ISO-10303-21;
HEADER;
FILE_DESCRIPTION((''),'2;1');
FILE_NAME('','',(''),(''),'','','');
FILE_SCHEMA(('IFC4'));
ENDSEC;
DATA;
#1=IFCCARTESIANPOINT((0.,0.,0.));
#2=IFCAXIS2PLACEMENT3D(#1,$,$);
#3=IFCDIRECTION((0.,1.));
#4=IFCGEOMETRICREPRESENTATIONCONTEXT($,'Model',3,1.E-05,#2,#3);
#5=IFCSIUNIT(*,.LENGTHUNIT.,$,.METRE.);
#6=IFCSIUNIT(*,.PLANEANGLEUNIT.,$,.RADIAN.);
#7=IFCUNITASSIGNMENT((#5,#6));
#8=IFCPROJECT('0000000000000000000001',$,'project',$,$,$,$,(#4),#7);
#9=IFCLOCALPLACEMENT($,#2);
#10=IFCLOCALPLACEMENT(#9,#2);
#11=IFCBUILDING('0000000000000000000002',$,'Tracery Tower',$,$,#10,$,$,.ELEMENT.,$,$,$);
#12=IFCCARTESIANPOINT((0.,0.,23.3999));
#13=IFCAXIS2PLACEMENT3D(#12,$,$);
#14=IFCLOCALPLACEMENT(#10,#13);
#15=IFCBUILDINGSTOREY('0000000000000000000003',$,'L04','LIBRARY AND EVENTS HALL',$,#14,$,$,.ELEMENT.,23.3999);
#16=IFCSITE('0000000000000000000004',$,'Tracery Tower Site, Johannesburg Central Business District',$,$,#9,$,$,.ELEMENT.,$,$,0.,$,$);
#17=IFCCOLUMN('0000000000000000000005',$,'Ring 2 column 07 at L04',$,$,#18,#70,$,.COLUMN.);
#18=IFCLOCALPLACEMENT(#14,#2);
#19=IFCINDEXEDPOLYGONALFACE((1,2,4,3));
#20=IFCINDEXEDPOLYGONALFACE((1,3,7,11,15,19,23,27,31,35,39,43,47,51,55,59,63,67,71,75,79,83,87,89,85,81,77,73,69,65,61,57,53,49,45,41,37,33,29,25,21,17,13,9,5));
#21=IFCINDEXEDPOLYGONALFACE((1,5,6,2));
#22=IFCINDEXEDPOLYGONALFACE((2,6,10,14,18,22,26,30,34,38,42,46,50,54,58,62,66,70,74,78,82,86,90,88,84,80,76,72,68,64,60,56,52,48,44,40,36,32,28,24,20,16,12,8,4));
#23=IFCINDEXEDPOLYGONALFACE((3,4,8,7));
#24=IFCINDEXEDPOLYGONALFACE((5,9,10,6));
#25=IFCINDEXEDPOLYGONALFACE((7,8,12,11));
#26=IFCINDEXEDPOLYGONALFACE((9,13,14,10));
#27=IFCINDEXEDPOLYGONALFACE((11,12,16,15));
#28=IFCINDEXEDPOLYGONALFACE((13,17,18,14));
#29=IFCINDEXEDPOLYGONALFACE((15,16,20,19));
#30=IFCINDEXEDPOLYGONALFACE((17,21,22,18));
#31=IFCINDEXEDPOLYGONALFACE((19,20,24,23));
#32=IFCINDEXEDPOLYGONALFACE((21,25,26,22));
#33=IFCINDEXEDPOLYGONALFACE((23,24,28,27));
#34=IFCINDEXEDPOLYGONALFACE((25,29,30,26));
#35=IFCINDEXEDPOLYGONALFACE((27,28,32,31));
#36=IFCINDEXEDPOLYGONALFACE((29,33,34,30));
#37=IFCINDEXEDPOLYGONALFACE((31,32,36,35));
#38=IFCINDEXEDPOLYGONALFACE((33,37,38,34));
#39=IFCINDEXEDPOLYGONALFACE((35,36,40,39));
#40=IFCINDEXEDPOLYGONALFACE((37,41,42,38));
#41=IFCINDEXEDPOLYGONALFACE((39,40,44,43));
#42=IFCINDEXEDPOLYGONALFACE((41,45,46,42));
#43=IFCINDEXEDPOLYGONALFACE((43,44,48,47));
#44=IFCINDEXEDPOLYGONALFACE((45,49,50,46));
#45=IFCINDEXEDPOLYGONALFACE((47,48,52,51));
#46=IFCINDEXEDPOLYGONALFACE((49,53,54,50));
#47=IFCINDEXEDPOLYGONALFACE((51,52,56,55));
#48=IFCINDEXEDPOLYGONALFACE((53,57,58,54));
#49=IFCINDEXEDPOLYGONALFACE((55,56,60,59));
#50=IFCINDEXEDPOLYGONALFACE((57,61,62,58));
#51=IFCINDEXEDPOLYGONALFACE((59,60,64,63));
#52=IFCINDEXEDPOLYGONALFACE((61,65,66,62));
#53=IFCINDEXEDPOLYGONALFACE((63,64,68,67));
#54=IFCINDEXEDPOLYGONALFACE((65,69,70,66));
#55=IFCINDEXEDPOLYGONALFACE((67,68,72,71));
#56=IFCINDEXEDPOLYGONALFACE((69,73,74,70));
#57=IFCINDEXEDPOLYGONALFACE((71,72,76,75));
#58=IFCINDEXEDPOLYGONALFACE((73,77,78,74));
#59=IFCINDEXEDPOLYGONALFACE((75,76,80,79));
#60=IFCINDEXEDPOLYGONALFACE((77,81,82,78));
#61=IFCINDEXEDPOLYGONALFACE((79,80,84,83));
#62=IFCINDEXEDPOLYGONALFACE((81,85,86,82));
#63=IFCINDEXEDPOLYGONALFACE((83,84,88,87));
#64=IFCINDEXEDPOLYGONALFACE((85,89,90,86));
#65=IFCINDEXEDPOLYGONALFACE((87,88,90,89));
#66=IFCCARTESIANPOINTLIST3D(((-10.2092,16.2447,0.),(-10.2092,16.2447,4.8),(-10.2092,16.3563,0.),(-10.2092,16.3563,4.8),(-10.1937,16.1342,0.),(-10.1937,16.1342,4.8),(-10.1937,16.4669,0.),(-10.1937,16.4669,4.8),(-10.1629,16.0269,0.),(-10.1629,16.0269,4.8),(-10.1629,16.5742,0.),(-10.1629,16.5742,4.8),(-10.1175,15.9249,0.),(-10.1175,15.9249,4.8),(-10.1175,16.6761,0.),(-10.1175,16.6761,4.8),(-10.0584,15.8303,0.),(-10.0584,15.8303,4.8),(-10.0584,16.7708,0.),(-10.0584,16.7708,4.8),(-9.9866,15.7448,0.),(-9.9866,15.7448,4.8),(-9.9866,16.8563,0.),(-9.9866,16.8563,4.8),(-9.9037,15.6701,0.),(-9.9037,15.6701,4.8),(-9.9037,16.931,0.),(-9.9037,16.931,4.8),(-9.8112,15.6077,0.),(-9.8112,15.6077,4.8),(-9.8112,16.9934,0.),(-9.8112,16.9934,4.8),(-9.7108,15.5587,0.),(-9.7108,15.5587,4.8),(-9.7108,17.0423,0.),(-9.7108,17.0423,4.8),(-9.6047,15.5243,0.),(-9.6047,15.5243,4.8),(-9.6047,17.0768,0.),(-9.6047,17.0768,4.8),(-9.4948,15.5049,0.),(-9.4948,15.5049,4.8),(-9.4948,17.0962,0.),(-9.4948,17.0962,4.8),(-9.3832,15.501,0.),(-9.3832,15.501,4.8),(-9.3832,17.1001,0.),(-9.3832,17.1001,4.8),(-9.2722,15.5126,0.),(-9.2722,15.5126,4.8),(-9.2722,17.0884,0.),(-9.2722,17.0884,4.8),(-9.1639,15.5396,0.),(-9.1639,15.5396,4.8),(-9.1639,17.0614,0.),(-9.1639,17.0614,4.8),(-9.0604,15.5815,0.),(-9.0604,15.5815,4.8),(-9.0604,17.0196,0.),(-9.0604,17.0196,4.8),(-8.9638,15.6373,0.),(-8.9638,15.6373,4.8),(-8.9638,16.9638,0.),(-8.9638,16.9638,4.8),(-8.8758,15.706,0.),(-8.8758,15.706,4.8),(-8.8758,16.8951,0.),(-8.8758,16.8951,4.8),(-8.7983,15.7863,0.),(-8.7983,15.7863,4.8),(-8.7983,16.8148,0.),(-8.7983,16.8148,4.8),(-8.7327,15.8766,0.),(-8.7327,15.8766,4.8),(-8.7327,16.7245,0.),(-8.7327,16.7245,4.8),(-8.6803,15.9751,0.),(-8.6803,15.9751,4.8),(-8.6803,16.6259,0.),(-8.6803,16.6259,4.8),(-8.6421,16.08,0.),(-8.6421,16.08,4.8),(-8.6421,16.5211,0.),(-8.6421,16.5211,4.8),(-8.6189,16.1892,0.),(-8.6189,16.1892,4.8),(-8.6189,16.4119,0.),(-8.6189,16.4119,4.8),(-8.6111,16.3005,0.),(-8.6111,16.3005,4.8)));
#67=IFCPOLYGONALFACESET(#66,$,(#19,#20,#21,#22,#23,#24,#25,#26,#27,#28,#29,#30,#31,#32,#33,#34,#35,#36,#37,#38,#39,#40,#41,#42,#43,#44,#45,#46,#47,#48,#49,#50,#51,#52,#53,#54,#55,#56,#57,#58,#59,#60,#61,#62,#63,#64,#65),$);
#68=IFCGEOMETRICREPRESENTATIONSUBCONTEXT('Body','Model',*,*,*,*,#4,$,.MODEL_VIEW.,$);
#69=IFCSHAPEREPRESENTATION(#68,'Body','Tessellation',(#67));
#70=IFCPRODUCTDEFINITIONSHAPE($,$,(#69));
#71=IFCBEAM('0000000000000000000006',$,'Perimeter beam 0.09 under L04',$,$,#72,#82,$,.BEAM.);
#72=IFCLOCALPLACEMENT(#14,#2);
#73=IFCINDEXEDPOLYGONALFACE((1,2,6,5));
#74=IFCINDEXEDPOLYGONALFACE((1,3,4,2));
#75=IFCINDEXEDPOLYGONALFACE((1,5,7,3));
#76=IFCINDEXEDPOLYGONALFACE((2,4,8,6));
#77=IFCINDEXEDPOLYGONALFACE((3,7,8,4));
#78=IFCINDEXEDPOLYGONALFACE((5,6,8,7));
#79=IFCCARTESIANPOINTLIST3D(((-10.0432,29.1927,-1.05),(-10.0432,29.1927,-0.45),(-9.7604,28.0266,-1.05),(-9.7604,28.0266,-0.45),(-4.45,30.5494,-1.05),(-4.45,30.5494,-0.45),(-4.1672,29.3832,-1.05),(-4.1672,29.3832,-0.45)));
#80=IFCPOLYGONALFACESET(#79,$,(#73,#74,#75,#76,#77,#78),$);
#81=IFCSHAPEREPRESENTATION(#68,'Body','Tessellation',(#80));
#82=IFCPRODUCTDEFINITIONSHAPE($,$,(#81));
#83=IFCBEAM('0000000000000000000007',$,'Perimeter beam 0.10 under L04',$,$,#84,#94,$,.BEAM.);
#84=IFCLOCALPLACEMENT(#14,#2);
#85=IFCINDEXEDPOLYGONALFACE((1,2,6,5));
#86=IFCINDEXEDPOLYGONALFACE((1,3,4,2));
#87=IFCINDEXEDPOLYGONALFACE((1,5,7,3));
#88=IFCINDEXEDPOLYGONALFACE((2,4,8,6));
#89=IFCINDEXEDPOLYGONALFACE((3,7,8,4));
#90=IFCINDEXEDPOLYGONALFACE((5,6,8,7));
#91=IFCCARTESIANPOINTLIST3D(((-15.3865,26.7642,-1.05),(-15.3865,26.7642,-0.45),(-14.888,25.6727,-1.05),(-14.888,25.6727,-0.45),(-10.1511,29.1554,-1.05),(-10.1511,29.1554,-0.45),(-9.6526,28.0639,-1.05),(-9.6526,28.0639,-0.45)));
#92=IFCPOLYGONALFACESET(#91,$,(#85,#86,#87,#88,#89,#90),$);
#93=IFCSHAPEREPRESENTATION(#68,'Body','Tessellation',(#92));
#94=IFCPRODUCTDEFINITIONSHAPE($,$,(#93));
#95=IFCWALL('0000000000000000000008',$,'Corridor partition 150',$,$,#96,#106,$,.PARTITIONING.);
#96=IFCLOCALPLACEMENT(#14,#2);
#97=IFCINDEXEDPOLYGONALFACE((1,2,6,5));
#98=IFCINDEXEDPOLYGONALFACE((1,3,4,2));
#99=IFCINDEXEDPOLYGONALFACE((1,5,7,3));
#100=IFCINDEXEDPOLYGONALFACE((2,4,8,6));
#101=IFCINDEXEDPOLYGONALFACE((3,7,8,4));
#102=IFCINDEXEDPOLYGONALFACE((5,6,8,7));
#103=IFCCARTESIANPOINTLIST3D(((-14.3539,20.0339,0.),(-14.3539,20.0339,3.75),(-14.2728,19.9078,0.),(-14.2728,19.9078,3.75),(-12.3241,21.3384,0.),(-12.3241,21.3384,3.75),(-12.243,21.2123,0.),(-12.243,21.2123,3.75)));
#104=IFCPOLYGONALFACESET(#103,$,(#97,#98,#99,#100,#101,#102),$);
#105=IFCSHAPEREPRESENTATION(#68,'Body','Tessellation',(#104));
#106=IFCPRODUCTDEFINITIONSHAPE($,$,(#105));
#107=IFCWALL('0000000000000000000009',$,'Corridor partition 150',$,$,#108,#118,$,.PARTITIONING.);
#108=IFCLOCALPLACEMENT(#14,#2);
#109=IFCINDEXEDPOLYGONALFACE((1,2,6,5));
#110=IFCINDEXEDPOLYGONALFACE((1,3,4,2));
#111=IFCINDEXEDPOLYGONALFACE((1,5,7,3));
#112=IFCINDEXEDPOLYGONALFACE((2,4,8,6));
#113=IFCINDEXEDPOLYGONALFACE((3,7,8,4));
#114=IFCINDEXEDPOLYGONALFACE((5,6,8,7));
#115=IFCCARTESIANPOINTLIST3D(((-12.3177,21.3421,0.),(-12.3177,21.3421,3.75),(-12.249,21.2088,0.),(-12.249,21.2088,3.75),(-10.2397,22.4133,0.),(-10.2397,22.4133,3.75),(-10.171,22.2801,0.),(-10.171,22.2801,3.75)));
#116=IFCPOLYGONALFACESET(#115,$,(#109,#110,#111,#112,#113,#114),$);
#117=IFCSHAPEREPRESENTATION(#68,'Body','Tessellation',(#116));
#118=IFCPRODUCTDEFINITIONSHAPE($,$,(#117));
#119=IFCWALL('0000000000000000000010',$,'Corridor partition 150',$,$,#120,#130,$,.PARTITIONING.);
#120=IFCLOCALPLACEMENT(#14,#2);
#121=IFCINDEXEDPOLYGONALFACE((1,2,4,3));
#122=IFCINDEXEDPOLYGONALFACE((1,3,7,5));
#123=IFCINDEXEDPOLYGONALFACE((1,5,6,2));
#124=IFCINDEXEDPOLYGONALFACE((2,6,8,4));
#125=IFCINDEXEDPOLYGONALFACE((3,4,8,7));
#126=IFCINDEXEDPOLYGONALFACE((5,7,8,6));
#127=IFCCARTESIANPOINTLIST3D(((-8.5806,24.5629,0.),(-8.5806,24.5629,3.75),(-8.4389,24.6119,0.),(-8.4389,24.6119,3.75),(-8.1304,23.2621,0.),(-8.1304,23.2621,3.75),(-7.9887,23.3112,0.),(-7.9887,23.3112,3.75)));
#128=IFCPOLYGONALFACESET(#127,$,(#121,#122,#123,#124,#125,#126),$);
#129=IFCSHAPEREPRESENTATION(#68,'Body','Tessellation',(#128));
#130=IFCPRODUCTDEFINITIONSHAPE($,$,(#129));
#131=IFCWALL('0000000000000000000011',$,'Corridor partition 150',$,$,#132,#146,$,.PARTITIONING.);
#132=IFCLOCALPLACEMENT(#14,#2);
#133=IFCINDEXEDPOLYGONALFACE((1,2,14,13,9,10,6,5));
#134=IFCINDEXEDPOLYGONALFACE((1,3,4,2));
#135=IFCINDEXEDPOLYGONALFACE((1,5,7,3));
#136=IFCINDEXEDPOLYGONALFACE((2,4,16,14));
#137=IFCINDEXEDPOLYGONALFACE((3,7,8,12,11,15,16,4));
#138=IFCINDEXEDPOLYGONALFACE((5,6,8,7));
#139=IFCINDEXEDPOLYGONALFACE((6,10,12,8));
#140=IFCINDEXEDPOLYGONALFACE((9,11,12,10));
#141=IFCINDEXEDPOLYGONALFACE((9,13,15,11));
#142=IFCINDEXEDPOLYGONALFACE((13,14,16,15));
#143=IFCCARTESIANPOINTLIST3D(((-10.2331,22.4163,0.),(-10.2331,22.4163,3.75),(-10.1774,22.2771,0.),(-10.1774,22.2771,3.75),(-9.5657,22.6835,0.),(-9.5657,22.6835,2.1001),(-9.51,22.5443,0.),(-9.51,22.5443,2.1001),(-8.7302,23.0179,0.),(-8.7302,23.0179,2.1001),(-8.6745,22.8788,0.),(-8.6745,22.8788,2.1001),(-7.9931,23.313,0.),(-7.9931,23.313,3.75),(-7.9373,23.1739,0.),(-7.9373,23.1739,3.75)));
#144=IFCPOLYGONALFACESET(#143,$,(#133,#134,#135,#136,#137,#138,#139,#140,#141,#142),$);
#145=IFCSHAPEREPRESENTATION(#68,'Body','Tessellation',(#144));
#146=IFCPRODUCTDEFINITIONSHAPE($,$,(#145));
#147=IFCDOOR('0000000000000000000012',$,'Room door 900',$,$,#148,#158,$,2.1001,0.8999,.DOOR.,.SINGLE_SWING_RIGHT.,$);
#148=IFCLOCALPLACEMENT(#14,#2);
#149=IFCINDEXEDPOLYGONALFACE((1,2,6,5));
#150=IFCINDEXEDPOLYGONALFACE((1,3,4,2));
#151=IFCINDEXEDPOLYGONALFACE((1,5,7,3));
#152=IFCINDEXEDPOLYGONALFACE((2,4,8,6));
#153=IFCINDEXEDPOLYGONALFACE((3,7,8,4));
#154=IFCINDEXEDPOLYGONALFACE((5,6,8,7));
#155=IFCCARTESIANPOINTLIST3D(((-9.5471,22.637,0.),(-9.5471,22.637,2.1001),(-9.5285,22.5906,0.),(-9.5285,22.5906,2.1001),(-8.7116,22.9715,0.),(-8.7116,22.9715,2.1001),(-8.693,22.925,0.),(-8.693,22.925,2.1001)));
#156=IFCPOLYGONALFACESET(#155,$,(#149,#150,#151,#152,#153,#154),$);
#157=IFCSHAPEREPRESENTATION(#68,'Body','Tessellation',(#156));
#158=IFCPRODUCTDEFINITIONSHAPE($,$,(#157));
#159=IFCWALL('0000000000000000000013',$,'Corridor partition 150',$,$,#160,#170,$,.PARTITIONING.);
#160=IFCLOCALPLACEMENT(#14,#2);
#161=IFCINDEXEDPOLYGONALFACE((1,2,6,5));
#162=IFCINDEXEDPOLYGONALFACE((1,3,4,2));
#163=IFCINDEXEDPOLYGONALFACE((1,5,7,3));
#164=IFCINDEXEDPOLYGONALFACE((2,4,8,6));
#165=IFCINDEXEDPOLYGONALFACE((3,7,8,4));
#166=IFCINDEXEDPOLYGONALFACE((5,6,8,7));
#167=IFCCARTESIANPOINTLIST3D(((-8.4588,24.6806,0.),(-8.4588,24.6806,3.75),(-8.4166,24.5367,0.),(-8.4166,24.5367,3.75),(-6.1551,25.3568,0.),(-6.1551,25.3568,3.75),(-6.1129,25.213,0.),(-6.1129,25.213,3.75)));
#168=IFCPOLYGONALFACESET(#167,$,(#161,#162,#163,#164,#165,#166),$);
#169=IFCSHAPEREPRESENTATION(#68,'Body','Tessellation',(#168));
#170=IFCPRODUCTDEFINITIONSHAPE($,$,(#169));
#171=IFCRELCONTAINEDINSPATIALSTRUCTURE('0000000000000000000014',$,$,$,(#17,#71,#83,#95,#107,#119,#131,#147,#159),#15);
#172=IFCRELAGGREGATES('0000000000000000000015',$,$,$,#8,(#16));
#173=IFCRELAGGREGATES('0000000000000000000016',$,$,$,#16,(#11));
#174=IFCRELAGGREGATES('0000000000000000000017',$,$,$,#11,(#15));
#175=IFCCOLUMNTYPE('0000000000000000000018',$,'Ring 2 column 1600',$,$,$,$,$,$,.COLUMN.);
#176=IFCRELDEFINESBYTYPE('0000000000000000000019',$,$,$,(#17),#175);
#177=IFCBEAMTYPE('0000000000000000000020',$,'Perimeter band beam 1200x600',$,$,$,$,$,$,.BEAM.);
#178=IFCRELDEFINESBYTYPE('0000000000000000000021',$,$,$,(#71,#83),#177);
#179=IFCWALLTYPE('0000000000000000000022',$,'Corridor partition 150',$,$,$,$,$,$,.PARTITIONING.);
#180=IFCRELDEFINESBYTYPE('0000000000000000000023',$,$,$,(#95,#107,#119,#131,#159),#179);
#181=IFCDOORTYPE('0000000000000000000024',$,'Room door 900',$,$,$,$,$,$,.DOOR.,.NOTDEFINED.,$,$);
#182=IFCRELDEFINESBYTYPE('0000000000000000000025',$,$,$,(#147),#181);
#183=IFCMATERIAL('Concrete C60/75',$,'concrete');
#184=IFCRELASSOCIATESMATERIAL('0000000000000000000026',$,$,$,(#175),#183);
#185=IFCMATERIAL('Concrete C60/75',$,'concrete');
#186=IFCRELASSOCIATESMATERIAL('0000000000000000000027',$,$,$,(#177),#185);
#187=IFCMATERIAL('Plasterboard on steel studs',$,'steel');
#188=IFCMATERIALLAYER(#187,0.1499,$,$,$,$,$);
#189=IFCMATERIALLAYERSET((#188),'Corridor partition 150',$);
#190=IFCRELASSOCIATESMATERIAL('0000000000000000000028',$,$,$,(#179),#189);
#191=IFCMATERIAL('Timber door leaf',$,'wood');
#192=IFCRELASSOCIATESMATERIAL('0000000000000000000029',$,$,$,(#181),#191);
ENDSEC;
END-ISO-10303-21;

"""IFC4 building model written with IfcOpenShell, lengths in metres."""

from ifc_helpers import new_model, si_unit, direction, frame, frame_2d, origin, origin_2d, place, context, subcontext, project, spatial, rectangle, circle, extrude, material, layer, layer_set, material_profile, profile_set, type_object, element, fill, save


model = new_model("IFC4")

# Units and contexts
model_context = context("Model", 3, precision=1e-05, world=origin(), true_north=direction((0.0, 1.0)))
body_context = subcontext(model_context, "Body", "Model", "MODEL_VIEW")
ifc_project = project(units=[si_unit("LENGTHUNIT", "METRE"), si_unit("PLANEANGLEUNIT", "RADIAN")], contexts=[model_context])

# Site, building, storey
site_placement = place(None, origin())
site = spatial("IfcSite", under=ifc_project, at=site_placement, Name="Tracery Tower Site, Johannesburg Central Business District", CompositionType="ELEMENT", RefElevation=0.0)
building_placement = place(site_placement, origin())
building = spatial("IfcBuilding", under=site, at=building_placement, Name="Tracery Tower", CompositionType="ELEMENT")
storey_placement = place(building_placement, frame((0.0, 0.0, 23.3999)))
storey = spatial("IfcBuildingStorey", under=building, at=storey_placement, Name="L04", Description="LIBRARY AND EVENTS HALL", CompositionType="ELEMENT", Elevation=23.3999)

# Column
ifc_material_1 = material(Name="Concrete C60/75", Category="concrete")
ifc_material_profile_1 = material_profile(ifc_material_1, circle(Radius=0.8, at=origin_2d()), Name="RC D1600")
ifc_profile_set_1 = profile_set([ifc_material_profile_1], Name="Concrete C60/75")
column_type_1 = type_object("IfcColumnType", Name="Ring 2 column 1600", PredefinedType="COLUMN", material=ifc_profile_set_1)
for number, where, z_axis, x_axis, name in (
    (1, (-9.4111, 16.3005, 0.0), (0.0, 0.0, 1.0), (1.0, 0.0, 0.0), "Ring 2 column 07 at L04"),
):
    element("IfcColumn", number, at=place(storey_placement, frame(where, z_axis=z_axis, x_axis=x_axis)), inside=storey, type_object=column_type_1, Name=name, PredefinedType="COLUMN", context=body_context, shape_type="SweptSolid", body=[
        extrude(circle(Radius=0.8, at=origin_2d()), origin(), (0.0, 0.0, 1.0), 4.8),
    ])

# Beams
ifc_material_2 = material(Name="Concrete C60/75", Category="concrete")
ifc_material_profile_2 = material_profile(ifc_material_2, rectangle(XDim=1.2, YDim=0.6001, at=origin_2d()), Name="RC 1200x600")
ifc_profile_set_2 = profile_set([ifc_material_profile_2], Name="Concrete C60/75")
beam_type = type_object("IfcBeamType", Name="Perimeter band beam 1200x600", PredefinedType="BEAM", material=ifc_profile_set_2)
beam_1_placement = place(storey_placement, frame((-4.3086, 29.9663, -0.75), z_axis=(-0.97182, -0.235723, 0.0), x_axis=(0.235723, -0.97182, 0.0)))
element("IfcBeam", 2, at=beam_1_placement, inside=storey, type_object=beam_type, Name="Perimeter beam 0.09 under L04", PredefinedType="BEAM", context=body_context, shape_type="SweptSolid", body=[
    extrude(rectangle(XDim=1.2, YDim=0.6001, at=origin_2d()), origin(), (0.0, 0.0, 1.0), 5.7554),
])
beam_2_placement = place(storey_placement, frame((-9.9019, 28.6096, -0.75), z_axis=(-0.909618, -0.415445, 0.0), x_axis=(0.415445, -0.909618, 0.0)))
element("IfcBeam", 3, at=beam_2_placement, inside=storey, type_object=beam_type, Name="Perimeter beam 0.10 under L04", PredefinedType="BEAM", context=body_context, shape_type="SweptSolid", body=[
    extrude(rectangle(XDim=1.2, YDim=0.6001, at=origin_2d()), origin(), (0.0, 0.0, 1.0), 5.7556),
])

# Walls
ifc_material_3 = material(Name="Plasterboard on steel studs", Category="steel")
ifc_layer_1 = layer(ifc_material_3, 0.1499)
ifc_layer_set_1 = layer_set([ifc_layer_1], Name="Corridor partition 150")
wall_type_1 = type_object("IfcWallType", Name="Corridor partition 150", PredefinedType="PARTITIONING", material=ifc_layer_set_1)
wall_1_placement = place(storey_placement, frame((-12.2834, 21.2754, 0.0), z_axis=(0.0, 0.0, 1.0), x_axis=(-0.841257, -0.540635, 0.0)))
element("IfcWall", 4, at=wall_1_placement, inside=storey, type_object=wall_type_1, Name="Corridor partition 150", PredefinedType="PARTITIONING", context=body_context, shape_type="SweptSolid", body=[
    extrude(rectangle(XDim=2.4128, YDim=0.1499, at=frame_2d((1.2065, 0.0))), origin(), (0.0, 0.0, 1.0), 3.75),
])
wall_2_placement = place(storey_placement, frame((-10.2053, 22.3467, 0.0), z_axis=(0.0, 0.0, 1.0), x_axis=(-0.888846, -0.458207, 0.0)))
element("IfcWall", 5, at=wall_2_placement, inside=storey, type_object=wall_type_1, Name="Corridor partition 150", PredefinedType="PARTITIONING", context=body_context, shape_type="SweptSolid", body=[
    extrude(rectangle(XDim=2.3379, YDim=0.1499, at=frame_2d((1.1689, 0.0))), origin(), (0.0, 0.0, 1.0), 3.75),
])
wall_3_placement = place(storey_placement, frame((-8.5098, 24.5874, 0.0), z_axis=(0.0, 0.0, 1.0), x_axis=(0.327062, -0.945003, 0.0)))
element("IfcWall", 6, at=wall_3_placement, inside=storey, type_object=wall_type_1, Name="Corridor partition 150", PredefinedType="PARTITIONING", context=body_context, shape_type="SweptSolid", body=[
    extrude(rectangle(XDim=1.3765, YDim=0.1499, at=frame_2d((0.6882, 0.0))), origin(), (0.0, 0.0, 1.0), 3.75),
])

# Wall, opening, door
wall_4_placement = place(storey_placement, frame((-10.2053, 22.3467, 0.0), z_axis=(0.0, 0.0, 1.0), x_axis=(0.928372, 0.371652, 0.0)))
wall_4 = element("IfcWall", 7, at=wall_4_placement, inside=storey, type_object=wall_type_1, Name="Corridor partition 150", PredefinedType="PARTITIONING", context=body_context, shape_type="SweptSolid", body=[
    extrude(rectangle(XDim=2.4128, YDim=0.1499, at=frame_2d((1.2065, 0.0))), origin(), (0.0, 0.0, 1.0), 3.75),
])
opening_1_placement = place(wall_4_placement, frame((0.719, 0.0, 0.0)))
opening_1 = element("IfcOpeningElement", 8, at=opening_1_placement, cuts=wall_4, PredefinedType="OPENING", context=body_context, shape_type="SweptSolid", body=[
    extrude(rectangle(XDim=0.8999, YDim=2.1001, at=frame_2d((0.45, 1.05))), frame((0.0, 0.075, 0.0), z_axis=(0.0, -1.0, 0.0), x_axis=(1.0, 0.0, 0.0)), (0.0, 0.0, 1.0), 0.1499),
])
ifc_material_4 = material(Name="Timber door leaf", Category="wood")
door_type_1 = type_object("IfcDoorType", Name="Room door 900", OperationType="NOTDEFINED", PredefinedType="DOOR", material=ifc_material_4)
door_1_placement = place(opening_1_placement, origin())
door_1 = element("IfcDoor", 9, at=door_1_placement, inside=storey, type_object=door_type_1, Name="Room door 900", OperationType="SINGLE_SWING_RIGHT", OverallHeight=2.1001, OverallWidth=0.8999, PredefinedType="DOOR", context=body_context, shape_type="SweptSolid", body=[
    extrude(rectangle(XDim=0.8999, YDim=2.1001, at=frame_2d((0.45, 1.05))), frame((0.0, 0.0249, 0.0), z_axis=(0.0, -1.0, 0.0), x_axis=(1.0, 0.0, 0.0)), (0.0, 0.0, 1.0), 0.05),
])
fill(opening_1, door_1)

# Wall
wall_5_placement = place(storey_placement, frame((-6.134, 25.2849, 0.0), z_axis=(0.0, 0.0, 1.0), x_axis=(-0.959511, -0.281671, 0.0)))
element("IfcWall", 10, at=wall_5_placement, inside=storey, type_object=wall_type_1, Name="Corridor partition 150", PredefinedType="PARTITIONING", context=body_context, shape_type="SweptSolid", body=[
    extrude(rectangle(XDim=2.4009, YDim=0.1499, at=frame_2d((1.2004, 0.0))), origin(), (0.0, 0.0, 1.0), 3.75),
])

save(model, "model.ifc")
